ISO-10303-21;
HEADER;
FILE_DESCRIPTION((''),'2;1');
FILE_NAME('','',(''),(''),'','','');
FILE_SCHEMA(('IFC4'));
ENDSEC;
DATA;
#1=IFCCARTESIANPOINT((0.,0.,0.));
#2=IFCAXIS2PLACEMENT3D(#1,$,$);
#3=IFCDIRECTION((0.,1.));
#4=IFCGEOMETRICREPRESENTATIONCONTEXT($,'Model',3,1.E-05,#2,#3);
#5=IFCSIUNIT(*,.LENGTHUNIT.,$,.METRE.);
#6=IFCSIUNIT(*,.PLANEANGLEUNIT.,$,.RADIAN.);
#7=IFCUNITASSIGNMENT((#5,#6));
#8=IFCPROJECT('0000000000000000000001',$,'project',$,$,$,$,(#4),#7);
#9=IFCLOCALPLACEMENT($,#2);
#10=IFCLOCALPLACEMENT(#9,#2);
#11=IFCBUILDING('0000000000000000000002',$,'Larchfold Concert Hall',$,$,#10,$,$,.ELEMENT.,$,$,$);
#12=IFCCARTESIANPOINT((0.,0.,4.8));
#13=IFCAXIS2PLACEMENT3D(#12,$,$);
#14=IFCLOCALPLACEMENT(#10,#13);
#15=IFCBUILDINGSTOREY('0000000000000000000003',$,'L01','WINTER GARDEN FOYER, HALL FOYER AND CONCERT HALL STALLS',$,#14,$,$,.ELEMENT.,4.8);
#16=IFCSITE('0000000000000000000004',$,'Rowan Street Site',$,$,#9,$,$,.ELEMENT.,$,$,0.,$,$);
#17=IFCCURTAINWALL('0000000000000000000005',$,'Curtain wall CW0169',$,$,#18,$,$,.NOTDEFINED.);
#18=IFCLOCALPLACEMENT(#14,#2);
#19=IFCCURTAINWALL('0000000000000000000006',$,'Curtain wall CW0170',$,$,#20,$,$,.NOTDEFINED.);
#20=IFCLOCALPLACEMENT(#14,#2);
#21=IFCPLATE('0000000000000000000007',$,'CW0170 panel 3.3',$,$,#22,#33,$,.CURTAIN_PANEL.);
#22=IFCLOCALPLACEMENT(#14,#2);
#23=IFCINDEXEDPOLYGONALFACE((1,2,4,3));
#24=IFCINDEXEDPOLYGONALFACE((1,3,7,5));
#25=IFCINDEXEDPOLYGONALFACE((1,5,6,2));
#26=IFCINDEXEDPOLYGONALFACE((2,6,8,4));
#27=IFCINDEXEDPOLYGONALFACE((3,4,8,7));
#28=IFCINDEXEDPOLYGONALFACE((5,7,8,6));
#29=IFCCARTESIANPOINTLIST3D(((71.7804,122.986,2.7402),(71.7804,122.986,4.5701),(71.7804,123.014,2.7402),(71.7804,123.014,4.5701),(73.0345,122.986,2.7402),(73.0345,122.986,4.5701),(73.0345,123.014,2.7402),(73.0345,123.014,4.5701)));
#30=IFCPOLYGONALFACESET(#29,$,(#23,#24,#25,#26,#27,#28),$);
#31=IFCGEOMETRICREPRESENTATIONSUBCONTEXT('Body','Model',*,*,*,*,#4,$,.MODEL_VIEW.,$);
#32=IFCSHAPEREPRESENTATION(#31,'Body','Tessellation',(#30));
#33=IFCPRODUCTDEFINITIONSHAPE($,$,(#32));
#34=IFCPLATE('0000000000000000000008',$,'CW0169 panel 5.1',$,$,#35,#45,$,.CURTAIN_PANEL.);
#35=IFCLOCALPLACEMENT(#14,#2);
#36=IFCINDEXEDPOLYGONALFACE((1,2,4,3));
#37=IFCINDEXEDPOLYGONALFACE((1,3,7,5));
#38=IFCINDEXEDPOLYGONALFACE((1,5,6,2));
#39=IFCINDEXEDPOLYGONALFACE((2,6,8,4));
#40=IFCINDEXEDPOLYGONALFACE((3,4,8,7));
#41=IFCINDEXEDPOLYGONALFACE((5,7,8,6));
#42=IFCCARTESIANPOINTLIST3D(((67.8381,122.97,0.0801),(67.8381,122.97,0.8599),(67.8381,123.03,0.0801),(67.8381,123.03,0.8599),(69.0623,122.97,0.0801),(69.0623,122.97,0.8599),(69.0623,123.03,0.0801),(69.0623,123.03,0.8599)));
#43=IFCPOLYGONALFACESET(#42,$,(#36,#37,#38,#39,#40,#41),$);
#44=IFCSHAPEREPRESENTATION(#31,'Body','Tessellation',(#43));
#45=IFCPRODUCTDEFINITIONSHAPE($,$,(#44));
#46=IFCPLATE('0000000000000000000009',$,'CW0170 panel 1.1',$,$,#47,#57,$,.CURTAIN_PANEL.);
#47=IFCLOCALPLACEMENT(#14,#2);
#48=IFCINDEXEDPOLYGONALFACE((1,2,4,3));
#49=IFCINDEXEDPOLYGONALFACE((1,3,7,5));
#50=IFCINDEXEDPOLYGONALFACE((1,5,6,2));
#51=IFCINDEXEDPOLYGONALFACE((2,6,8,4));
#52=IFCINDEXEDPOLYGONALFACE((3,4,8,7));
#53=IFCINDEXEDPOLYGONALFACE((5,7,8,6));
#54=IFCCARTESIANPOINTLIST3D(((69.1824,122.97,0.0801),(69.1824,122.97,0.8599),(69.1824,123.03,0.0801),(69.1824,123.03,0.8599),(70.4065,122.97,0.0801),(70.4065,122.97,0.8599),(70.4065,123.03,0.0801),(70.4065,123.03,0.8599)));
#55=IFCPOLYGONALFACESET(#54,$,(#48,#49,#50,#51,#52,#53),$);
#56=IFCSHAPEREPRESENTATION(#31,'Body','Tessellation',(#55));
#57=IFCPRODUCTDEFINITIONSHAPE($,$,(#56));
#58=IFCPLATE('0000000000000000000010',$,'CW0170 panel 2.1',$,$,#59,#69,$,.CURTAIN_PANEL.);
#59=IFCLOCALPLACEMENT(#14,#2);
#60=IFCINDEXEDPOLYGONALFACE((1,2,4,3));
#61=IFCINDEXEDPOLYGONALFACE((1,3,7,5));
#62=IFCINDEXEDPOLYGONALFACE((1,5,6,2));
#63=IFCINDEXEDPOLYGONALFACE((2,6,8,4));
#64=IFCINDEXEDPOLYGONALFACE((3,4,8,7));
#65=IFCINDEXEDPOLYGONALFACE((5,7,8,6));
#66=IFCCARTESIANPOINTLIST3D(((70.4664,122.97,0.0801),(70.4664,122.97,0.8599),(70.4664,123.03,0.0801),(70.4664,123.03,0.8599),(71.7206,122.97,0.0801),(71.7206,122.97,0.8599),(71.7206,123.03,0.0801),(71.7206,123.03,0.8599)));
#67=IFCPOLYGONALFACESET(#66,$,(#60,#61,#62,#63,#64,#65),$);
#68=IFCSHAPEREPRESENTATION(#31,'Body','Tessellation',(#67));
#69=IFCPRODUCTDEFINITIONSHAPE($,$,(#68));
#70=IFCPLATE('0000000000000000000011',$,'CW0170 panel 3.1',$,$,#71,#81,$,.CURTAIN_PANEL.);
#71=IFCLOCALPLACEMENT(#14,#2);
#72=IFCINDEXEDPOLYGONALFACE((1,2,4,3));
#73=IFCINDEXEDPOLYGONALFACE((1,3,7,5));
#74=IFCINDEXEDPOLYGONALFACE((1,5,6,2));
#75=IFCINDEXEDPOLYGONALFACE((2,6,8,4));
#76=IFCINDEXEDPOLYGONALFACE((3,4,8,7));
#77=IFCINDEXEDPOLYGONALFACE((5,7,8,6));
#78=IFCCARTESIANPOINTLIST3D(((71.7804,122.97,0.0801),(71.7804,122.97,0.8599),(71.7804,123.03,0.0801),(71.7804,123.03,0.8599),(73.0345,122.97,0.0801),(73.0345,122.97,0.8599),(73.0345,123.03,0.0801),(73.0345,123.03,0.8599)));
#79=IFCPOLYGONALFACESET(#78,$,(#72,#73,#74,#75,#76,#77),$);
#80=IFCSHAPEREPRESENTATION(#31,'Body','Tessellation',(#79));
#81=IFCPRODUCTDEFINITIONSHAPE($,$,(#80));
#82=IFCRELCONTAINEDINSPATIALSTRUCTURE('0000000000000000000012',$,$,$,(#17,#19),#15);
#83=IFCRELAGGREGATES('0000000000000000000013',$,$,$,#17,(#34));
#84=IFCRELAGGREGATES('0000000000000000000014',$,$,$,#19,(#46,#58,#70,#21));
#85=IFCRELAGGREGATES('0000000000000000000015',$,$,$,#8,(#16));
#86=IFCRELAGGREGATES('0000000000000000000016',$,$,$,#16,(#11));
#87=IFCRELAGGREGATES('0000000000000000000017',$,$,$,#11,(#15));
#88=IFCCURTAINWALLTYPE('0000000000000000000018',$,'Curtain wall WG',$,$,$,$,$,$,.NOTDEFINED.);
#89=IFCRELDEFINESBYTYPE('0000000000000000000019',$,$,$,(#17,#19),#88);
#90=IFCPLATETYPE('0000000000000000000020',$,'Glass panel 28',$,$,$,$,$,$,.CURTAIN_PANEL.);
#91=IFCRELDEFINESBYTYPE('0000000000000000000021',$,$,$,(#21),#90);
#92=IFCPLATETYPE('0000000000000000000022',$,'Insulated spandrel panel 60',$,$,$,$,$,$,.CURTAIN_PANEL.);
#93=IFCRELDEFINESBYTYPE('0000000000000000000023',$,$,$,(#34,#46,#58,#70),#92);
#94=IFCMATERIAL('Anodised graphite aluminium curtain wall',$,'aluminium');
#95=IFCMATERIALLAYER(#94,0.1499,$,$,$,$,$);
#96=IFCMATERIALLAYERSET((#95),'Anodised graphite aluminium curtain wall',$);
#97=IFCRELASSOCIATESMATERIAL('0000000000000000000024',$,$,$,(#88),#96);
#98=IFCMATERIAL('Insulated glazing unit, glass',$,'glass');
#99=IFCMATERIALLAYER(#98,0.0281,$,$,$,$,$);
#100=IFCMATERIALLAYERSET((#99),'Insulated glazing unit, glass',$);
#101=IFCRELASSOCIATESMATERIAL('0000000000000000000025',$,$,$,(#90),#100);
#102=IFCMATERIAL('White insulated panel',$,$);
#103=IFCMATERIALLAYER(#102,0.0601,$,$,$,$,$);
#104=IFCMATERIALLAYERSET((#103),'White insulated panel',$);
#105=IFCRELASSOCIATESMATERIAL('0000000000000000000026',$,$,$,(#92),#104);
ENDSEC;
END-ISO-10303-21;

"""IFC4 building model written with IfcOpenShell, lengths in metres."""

from ifc_helpers import new_model, si_unit, direction, frame, origin, origin_2d, place, context, subcontext, project, spatial, rectangle, extrude, material, layer, layer_set, type_object, element, aggregate, save


model = new_model("IFC4")

# Units and contexts
model_context = context("Model", 3, precision=1e-05, world=origin(), true_north=direction((0.0, 1.0)))
body_context = subcontext(model_context, "Body", "Model", "MODEL_VIEW")
ifc_project = project(units=[si_unit("LENGTHUNIT", "METRE"), si_unit("PLANEANGLEUNIT", "RADIAN")], contexts=[model_context])

# Site, building, storey
site_placement = place(None, origin())
site = spatial("IfcSite", under=ifc_project, at=site_placement, Name="Rowan Street Site", CompositionType="ELEMENT", RefElevation=0.0)
building_placement = place(site_placement, origin())
building = spatial("IfcBuilding", under=site, at=building_placement, Name="Larchfold Concert Hall", CompositionType="ELEMENT")
storey_placement = place(building_placement, frame((0.0, 0.0, 4.8)))
storey = spatial("IfcBuildingStorey", under=building, at=storey_placement, Name="L01", Description="WINTER GARDEN FOYER, HALL FOYER AND CONCERT HALL STALLS", CompositionType="ELEMENT", Elevation=4.8)

# Curtain wall
ifc_material_1 = material(Name="Anodised graphite aluminium curtain wall", Category="aluminium")
ifc_layer_1 = layer(ifc_material_1, 0.1499)
ifc_layer_set_1 = layer_set([ifc_layer_1], Name="Anodised graphite aluminium curtain wall")
curtain_wall_type = type_object("IfcCurtainWallType", Name="Curtain wall WG", PredefinedType="NOTDEFINED", material=ifc_layer_set_1)
curtain_wall_1_placement = place(storey_placement, origin())
curtain_wall_1 = element("IfcCurtainWall", 1, at=curtain_wall_1_placement, inside=storey, type_object=curtain_wall_type, Name="Curtain wall CW0169", PredefinedType="NOTDEFINED")

# Curtain wall
curtain_wall_2_placement = place(storey_placement, origin())
curtain_wall_2 = element("IfcCurtainWall", 2, at=curtain_wall_2_placement, inside=storey, type_object=curtain_wall_type, Name="Curtain wall CW0170", PredefinedType="NOTDEFINED")

# Plates
ifc_material_2 = material(Name="Insulated glazing unit, glass", Category="glass")
ifc_layer_2 = layer(ifc_material_2, 0.0281)
ifc_layer_set_2 = layer_set([ifc_layer_2], Name="Insulated glazing unit, glass")
plate_type_1 = type_object("IfcPlateType", Name="Glass panel 28", PredefinedType="CURTAIN_PANEL", material=ifc_layer_set_2)
plate_1_placement = place(storey_placement, frame((72.4075, 123.0, 2.7402), z_axis=(0.0, 0.0, 1.0), x_axis=(1.0, 0.0, 0.0)))
plate_1 = element("IfcPlate", 3, at=plate_1_placement, type_object=plate_type_1, Name="CW0170 panel 3.3", PredefinedType="CURTAIN_PANEL", context=body_context, shape_type="SweptSolid", body=[
    extrude(rectangle(XDim=1.2542, YDim=0.0281, at=origin_2d()), origin(), (0.0, 0.0, 1.0), 1.8298),
])
ifc_material_3 = material(Name="White insulated panel")
ifc_layer_3 = layer(ifc_material_3, 0.0601)
ifc_layer_set_3 = layer_set([ifc_layer_3], Name="White insulated panel")
plate_type_2 = type_object("IfcPlateType", Name="Insulated spandrel panel 60", PredefinedType="CURTAIN_PANEL", material=ifc_layer_set_3)
plate_2_placement = place(storey_placement, frame((68.4502, 123.0, 0.0801), z_axis=(0.0, 0.0, 1.0), x_axis=(1.0, 0.0, 0.0)))
plate_2 = element("IfcPlate", 4, at=plate_2_placement, type_object=plate_type_2, Name="CW0169 panel 5.1", PredefinedType="CURTAIN_PANEL", context=body_context, shape_type="SweptSolid", body=[
    extrude(rectangle(XDim=1.2241, YDim=0.0601, at=origin_2d()), origin(), (0.0, 0.0, 1.0), 0.7798),
])
aggregate(curtain_wall_1, [plate_2])
plate_3_placement = place(storey_placement, frame((69.7944, 123.0, 0.0801), z_axis=(0.0, 0.0, 1.0), x_axis=(1.0, 0.0, 0.0)))
plate_3 = element("IfcPlate", 5, at=plate_3_placement, type_object=plate_type_2, Name="CW0170 panel 1.1", PredefinedType="CURTAIN_PANEL", context=body_context, shape_type="SweptSolid", body=[
    extrude(rectangle(XDim=1.2241, YDim=0.0601, at=origin_2d()), origin(), (0.0, 0.0, 1.0), 0.7798),
])
plate_4_placement = place(storey_placement, frame((71.0935, 123.0, 0.0801), z_axis=(0.0, 0.0, 1.0), x_axis=(1.0, 0.0, 0.0)))
plate_4 = element("IfcPlate", 6, at=plate_4_placement, type_object=plate_type_2, Name="CW0170 panel 2.1", PredefinedType="CURTAIN_PANEL", context=body_context, shape_type="SweptSolid", body=[
    extrude(rectangle(XDim=1.2542, YDim=0.0601, at=origin_2d()), origin(), (0.0, 0.0, 1.0), 0.7798),
])
plate_5_placement = place(storey_placement, frame((72.4075, 123.0, 0.0801), z_axis=(0.0, 0.0, 1.0), x_axis=(1.0, 0.0, 0.0)))
plate_5 = element("IfcPlate", 7, at=plate_5_placement, type_object=plate_type_2, Name="CW0170 panel 3.1", PredefinedType="CURTAIN_PANEL", context=body_context, shape_type="SweptSolid", body=[
    extrude(rectangle(XDim=1.2542, YDim=0.0601, at=origin_2d()), origin(), (0.0, 0.0, 1.0), 0.7798),
])
aggregate(curtain_wall_2, [plate_3, plate_4, plate_5, plate_1])

save(model, "model.ifc")
